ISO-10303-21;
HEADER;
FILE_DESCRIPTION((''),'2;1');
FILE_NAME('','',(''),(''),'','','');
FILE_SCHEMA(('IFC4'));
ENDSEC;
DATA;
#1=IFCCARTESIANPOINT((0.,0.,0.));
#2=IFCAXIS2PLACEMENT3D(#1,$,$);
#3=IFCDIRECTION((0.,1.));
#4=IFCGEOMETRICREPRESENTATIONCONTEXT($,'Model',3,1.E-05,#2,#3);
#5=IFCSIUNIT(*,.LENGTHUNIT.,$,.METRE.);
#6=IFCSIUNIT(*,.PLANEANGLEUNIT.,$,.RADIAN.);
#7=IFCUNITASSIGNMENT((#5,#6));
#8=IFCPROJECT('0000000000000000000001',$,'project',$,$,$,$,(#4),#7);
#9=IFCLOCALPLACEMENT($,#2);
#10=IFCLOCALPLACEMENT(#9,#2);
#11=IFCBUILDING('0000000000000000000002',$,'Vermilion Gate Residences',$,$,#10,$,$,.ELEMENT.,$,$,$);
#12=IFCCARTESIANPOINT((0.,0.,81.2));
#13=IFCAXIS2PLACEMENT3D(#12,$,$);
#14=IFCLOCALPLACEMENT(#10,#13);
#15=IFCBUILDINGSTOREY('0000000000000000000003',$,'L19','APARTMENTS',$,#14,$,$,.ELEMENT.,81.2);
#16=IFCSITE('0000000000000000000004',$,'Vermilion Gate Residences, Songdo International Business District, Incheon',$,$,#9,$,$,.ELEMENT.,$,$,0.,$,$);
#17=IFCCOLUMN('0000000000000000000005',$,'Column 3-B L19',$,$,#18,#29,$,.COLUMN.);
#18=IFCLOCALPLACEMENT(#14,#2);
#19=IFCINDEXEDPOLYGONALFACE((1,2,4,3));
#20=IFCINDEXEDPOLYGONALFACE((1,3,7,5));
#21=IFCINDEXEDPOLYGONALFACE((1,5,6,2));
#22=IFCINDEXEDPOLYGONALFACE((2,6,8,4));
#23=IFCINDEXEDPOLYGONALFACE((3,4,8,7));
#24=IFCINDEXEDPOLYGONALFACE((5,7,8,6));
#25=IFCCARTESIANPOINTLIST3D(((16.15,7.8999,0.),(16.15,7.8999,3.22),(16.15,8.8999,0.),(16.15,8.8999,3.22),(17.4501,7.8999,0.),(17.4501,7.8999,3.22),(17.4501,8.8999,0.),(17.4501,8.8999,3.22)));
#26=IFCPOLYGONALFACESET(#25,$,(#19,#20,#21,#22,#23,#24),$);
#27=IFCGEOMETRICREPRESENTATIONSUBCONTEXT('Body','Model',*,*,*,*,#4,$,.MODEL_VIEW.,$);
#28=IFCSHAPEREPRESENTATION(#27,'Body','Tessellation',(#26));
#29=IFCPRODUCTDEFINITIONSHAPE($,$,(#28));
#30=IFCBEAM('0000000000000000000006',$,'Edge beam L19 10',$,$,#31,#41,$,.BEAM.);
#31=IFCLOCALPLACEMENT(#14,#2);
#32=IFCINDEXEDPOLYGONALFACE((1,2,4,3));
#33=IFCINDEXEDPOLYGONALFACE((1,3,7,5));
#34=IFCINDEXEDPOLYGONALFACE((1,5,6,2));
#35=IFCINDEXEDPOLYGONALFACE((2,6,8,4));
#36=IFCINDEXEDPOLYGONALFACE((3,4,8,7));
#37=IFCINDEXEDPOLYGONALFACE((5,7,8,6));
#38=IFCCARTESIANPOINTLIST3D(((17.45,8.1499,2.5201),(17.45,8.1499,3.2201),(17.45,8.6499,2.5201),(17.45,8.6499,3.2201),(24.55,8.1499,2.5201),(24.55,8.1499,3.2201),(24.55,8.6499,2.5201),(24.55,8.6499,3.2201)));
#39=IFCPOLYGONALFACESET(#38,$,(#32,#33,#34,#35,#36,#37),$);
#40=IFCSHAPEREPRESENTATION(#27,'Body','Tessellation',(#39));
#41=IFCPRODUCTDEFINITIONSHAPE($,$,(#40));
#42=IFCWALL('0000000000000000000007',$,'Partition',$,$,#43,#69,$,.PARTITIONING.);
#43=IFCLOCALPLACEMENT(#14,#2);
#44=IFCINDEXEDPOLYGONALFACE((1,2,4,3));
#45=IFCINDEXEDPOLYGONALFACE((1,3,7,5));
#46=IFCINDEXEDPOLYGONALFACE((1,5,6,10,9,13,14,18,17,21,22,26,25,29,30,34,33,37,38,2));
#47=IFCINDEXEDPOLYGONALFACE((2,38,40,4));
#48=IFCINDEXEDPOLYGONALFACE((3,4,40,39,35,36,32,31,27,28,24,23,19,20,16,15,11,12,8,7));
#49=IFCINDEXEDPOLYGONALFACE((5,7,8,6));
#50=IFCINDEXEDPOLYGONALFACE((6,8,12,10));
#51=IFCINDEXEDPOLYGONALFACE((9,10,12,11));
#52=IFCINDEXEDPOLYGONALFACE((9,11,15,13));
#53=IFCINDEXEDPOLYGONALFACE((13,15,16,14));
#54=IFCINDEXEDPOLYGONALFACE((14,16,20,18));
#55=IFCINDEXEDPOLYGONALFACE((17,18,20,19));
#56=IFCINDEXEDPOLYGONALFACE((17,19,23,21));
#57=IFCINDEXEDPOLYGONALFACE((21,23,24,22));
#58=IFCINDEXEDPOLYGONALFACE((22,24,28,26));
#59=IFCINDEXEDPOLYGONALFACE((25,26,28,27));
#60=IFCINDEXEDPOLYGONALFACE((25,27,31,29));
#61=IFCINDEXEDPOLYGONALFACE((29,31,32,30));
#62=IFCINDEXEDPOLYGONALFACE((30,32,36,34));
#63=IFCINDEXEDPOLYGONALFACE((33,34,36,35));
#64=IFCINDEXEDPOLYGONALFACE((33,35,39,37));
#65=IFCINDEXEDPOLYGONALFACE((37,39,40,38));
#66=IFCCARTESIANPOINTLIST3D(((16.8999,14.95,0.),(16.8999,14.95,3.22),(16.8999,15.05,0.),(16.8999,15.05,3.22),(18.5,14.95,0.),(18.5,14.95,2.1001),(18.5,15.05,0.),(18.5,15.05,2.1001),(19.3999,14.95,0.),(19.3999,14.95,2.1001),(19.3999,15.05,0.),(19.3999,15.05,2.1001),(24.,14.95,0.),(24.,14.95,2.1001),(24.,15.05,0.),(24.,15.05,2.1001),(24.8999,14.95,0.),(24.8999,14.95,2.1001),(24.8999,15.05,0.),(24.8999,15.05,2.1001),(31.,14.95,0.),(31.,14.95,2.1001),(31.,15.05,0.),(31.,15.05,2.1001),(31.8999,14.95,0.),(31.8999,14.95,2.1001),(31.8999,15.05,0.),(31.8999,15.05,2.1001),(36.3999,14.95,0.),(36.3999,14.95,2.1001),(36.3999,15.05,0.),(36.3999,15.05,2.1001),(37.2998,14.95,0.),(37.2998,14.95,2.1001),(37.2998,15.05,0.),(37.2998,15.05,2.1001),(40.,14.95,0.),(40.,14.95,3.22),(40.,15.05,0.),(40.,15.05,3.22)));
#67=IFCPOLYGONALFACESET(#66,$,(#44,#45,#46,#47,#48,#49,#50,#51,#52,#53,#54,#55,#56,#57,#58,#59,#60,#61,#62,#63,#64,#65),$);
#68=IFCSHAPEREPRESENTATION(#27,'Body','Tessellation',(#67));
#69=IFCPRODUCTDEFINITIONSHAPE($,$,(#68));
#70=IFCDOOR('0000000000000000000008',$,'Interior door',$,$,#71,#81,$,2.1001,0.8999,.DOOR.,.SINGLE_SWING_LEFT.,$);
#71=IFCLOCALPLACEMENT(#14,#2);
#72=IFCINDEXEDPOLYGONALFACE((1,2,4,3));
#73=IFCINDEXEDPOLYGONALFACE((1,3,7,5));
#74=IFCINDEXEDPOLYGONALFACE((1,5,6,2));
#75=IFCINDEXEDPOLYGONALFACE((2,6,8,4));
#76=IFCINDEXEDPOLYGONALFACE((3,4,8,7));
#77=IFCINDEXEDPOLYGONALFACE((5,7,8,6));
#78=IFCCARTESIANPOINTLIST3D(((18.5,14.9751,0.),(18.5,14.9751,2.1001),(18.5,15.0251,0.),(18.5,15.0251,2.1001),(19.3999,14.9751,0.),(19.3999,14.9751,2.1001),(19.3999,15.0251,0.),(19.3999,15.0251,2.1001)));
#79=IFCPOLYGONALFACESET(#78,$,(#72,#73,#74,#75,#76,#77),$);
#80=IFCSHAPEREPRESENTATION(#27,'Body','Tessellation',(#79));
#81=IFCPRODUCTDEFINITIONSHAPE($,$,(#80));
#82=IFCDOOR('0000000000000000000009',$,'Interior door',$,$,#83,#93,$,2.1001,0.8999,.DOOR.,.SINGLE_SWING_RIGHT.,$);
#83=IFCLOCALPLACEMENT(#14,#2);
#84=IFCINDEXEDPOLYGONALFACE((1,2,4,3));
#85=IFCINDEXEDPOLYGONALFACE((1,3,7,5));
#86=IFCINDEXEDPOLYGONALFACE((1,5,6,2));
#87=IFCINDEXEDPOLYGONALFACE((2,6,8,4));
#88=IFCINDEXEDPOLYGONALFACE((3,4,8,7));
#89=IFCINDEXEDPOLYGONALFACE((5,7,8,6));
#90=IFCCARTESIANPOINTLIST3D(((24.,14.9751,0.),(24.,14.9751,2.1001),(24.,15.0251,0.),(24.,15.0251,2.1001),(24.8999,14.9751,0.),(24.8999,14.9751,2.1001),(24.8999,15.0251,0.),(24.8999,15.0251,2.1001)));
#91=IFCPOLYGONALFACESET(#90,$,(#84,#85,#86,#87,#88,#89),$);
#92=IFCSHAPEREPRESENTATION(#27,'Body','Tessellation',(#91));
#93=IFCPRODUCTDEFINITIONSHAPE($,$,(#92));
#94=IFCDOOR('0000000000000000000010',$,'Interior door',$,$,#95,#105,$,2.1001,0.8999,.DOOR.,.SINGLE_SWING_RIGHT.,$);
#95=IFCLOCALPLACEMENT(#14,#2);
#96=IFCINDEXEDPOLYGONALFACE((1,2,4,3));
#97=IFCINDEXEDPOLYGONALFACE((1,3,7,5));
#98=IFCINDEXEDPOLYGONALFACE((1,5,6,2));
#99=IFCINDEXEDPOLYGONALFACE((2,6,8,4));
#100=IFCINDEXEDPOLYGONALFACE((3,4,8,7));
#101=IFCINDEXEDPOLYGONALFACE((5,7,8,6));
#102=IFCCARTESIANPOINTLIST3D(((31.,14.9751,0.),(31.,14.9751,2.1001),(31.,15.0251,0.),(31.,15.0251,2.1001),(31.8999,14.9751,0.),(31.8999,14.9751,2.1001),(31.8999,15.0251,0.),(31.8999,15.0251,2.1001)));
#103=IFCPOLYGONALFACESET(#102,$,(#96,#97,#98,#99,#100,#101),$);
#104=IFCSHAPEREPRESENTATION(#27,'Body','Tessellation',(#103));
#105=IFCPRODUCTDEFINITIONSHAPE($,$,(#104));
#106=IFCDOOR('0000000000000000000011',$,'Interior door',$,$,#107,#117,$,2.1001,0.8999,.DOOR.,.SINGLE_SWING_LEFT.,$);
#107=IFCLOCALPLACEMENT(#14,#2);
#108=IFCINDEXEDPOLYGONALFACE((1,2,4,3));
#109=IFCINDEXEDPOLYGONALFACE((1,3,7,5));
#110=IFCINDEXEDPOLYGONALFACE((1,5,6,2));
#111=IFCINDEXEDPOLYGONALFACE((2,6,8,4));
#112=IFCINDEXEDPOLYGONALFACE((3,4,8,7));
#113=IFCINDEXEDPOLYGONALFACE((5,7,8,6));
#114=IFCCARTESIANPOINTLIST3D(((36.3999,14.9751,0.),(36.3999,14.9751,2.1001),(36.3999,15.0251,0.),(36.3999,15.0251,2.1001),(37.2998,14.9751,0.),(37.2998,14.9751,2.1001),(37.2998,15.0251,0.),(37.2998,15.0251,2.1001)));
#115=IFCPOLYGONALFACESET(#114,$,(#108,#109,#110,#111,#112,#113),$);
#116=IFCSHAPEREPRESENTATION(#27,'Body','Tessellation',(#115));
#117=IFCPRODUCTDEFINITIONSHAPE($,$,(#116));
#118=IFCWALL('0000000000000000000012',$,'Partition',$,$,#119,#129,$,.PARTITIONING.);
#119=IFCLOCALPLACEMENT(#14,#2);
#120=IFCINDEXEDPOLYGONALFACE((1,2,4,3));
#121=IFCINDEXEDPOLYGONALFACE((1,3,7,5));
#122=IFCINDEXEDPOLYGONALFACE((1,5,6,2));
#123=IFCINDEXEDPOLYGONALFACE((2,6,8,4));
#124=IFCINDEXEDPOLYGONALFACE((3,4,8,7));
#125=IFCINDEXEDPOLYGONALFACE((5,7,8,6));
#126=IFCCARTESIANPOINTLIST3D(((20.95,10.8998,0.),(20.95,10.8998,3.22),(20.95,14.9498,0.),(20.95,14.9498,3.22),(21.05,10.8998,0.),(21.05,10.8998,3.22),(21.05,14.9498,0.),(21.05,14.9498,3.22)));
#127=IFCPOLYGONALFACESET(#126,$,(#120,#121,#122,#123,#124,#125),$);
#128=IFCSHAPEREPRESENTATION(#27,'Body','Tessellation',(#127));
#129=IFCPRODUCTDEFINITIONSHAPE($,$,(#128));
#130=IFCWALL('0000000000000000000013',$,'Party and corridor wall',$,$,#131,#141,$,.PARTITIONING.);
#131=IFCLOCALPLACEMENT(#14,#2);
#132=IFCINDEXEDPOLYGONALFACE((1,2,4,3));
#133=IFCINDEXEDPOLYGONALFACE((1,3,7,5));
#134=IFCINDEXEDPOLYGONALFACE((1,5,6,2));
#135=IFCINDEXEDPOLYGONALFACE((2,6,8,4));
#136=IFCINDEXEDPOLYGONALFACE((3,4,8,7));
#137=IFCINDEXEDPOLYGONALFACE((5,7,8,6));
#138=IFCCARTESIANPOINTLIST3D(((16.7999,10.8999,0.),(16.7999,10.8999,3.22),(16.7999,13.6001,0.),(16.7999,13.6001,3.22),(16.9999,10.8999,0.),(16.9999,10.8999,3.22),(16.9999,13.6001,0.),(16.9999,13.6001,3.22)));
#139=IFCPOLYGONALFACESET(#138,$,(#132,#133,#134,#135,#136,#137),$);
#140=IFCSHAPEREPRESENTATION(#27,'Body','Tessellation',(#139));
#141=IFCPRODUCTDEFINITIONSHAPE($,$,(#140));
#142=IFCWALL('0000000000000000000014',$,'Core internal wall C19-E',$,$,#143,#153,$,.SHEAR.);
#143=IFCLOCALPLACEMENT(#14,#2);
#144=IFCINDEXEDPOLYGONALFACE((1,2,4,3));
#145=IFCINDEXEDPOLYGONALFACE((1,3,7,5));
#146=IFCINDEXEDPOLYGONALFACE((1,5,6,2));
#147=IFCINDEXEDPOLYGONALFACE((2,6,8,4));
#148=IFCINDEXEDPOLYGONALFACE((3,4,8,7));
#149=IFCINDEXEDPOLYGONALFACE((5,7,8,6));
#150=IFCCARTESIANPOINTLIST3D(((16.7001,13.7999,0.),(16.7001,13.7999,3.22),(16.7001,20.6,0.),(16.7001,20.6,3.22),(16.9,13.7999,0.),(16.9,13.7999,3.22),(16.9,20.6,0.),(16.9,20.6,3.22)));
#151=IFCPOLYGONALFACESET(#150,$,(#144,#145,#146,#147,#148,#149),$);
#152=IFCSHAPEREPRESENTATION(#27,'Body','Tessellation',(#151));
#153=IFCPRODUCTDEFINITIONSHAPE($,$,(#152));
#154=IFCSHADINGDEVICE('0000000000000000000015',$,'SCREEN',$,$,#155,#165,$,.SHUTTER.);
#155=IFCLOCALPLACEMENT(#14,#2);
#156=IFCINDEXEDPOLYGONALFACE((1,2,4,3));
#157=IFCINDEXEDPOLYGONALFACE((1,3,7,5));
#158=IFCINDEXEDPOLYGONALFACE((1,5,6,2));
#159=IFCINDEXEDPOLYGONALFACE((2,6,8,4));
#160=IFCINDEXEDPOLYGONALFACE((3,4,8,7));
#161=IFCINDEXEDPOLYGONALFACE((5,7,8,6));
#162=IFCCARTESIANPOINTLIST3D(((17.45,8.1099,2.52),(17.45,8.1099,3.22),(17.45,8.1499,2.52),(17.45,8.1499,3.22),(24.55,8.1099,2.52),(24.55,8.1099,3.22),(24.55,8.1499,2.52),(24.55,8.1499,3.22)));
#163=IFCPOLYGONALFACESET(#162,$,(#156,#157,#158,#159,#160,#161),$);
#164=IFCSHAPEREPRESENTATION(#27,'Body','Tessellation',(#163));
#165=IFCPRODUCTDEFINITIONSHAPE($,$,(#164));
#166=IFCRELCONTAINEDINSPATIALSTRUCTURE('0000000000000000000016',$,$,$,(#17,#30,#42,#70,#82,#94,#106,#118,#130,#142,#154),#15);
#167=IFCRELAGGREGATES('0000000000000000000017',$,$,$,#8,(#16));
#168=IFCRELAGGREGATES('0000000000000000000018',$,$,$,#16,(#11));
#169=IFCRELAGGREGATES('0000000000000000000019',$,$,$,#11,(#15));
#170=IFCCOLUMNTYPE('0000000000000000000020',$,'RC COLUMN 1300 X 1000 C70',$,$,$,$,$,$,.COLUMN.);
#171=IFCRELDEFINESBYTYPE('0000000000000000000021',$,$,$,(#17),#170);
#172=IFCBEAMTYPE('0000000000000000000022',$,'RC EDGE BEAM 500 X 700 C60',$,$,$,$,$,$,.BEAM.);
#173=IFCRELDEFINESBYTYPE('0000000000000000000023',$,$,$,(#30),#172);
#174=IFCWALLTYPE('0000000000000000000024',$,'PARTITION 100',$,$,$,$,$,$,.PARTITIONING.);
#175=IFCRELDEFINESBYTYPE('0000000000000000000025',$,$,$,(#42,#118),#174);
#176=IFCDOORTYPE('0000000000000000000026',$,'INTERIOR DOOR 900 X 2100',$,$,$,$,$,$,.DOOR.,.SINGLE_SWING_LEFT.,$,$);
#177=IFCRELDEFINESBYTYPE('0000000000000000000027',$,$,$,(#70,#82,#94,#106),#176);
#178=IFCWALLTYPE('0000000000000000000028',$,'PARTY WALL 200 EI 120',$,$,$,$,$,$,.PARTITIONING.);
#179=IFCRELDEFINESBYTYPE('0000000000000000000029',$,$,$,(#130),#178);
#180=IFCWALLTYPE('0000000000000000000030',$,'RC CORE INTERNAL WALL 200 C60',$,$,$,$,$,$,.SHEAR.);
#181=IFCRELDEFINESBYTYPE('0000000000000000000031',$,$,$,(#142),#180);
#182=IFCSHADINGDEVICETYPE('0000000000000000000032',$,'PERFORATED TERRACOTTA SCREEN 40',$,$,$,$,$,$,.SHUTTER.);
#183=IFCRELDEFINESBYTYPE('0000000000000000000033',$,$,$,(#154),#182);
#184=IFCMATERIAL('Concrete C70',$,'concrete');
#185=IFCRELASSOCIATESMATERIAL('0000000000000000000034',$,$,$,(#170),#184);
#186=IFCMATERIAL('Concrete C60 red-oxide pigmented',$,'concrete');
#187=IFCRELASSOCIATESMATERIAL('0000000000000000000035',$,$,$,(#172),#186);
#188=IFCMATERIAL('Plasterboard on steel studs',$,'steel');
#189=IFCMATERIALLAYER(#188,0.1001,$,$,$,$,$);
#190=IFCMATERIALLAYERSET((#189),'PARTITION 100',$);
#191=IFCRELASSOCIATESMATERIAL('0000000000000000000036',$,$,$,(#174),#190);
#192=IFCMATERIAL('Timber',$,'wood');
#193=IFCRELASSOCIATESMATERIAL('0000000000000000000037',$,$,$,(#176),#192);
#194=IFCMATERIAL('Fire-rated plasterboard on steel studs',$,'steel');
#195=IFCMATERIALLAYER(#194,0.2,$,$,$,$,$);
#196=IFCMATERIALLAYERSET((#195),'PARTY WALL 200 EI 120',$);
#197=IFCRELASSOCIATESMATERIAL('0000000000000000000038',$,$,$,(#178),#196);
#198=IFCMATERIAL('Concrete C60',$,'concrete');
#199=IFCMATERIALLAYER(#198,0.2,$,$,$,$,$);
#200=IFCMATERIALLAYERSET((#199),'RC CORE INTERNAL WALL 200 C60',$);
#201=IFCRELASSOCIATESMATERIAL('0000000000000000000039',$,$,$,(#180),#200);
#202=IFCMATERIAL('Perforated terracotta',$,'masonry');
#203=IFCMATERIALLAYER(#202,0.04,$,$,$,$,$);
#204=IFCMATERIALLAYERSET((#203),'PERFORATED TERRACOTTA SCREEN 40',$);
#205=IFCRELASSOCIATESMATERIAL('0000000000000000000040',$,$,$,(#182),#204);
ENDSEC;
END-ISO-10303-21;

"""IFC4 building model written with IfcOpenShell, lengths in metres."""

from ifc_helpers import new_model, si_unit, direction, frame, frame_2d, origin, origin_2d, place, context, subcontext, project, spatial, rectangle, extrude, material, layer, layer_set, material_profile, profile_set, type_object, element, fill, save


model = new_model("IFC4")

# Units and contexts
model_context = context("Model", 3, precision=1e-05, world=origin(), true_north=direction((0.0, 1.0)))
body_context = subcontext(model_context, "Body", "Model", "MODEL_VIEW")
ifc_project = project(units=[si_unit("LENGTHUNIT", "METRE"), si_unit("PLANEANGLEUNIT", "RADIAN")], contexts=[model_context])

# Site, building, storey
site_placement = place(None, origin())
site = spatial("IfcSite", under=ifc_project, at=site_placement, Name="Vermilion Gate Residences, Songdo International Business District, Incheon", CompositionType="ELEMENT", RefElevation=0.0)
building_placement = place(site_placement, origin())
building = spatial("IfcBuilding", under=site, at=building_placement, Name="Vermilion Gate Residences", CompositionType="ELEMENT")
storey_placement = place(building_placement, frame((0.0, 0.0, 81.2)))
storey = spatial("IfcBuildingStorey", under=building, at=storey_placement, Name="L19", Description="APARTMENTS", CompositionType="ELEMENT", Elevation=81.2)

# Column
ifc_material_1 = material(Name="Concrete C70", Category="concrete")
ifc_material_profile_1 = material_profile(ifc_material_1, rectangle(XDim=1.3, YDim=1.0, at=origin_2d()), Name="RC-1300x1000")
ifc_profile_set_1 = profile_set([ifc_material_profile_1], Name="Concrete C70")
column_type = type_object("IfcColumnType", Name="RC COLUMN 1300 X 1000 C70", PredefinedType="COLUMN", material=ifc_profile_set_1)
column_placement = place(storey_placement, frame((16.8, 8.3999, 0.0), z_axis=(0.0, 0.0, 1.0), x_axis=(1.0, 0.0, 0.0)))
element("IfcColumn", 1, at=column_placement, inside=storey, type_object=column_type, Name="Column 3-B L19", PredefinedType="COLUMN", context=body_context, shape_type="SweptSolid", body=[
    extrude(rectangle(XDim=1.3, YDim=1.0, at=origin_2d()), origin(), (0.0, 0.0, 1.0), 3.22),
])

# Beam
ifc_material_2 = material(Name="Concrete C60 red-oxide pigmented", Category="concrete")
ifc_material_profile_2 = material_profile(ifc_material_2, rectangle(XDim=0.5, YDim=0.7, at=origin_2d()), Name="RC-500x700")
ifc_profile_set_2 = profile_set([ifc_material_profile_2], Name="Concrete C60 red-oxide pigmented")
beam_type = type_object("IfcBeamType", Name="RC EDGE BEAM 500 X 700 C60", PredefinedType="BEAM", material=ifc_profile_set_2)
beam_placement = place(storey_placement, frame((17.45, 8.3999, 2.8701), z_axis=(1.0, 0.0, 0.0), x_axis=(0.0, 1.0, 0.0)))
element("IfcBeam", 2, at=beam_placement, inside=storey, type_object=beam_type, Name="Edge beam L19 10", PredefinedType="BEAM", context=body_context, shape_type="SweptSolid", body=[
    extrude(rectangle(XDim=0.5, YDim=0.7, at=origin_2d()), origin(), (0.0, 0.0, 1.0), 7.1001),
])

# Wall, openings, doors
ifc_material_3 = material(Name="Plasterboard on steel studs", Category="steel")
ifc_layer_1 = layer(ifc_material_3, 0.1001)
ifc_layer_set_1 = layer_set([ifc_layer_1], Name="PARTITION 100")
wall_type_1 = type_object("IfcWallType", Name="PARTITION 100", PredefinedType="PARTITIONING", material=ifc_layer_set_1)
wall_1_placement = place(storey_placement, frame((16.8999, 15.0, 0.0), z_axis=(0.0, 0.0, 1.0), x_axis=(1.0, 0.0, 0.0)))
wall_1 = element("IfcWall", 3, at=wall_1_placement, inside=storey, type_object=wall_type_1, Name="Partition", PredefinedType="PARTITIONING", context=body_context, shape_type="SweptSolid", body=[
    extrude(rectangle(XDim=23.1001, YDim=0.1001, at=frame_2d((11.55, 0.0))), origin(), (0.0, 0.0, 1.0), 3.22),
])
opening_1_placement = place(wall_1_placement, frame((1.6001, 0.0, 0.0)))
opening_1 = element("IfcOpeningElement", 4, at=opening_1_placement, cuts=wall_1, PredefinedType="OPENING", context=body_context, shape_type="SweptSolid", body=[
    extrude(rectangle(XDim=0.8999, YDim=2.1001, at=frame_2d((0.45, 1.05))), frame((0.0, 0.0601, 0.0), z_axis=(0.0, -1.0, 0.0), x_axis=(1.0, 0.0, 0.0)), (0.0, 0.0, 1.0), 0.1201),
])
opening_2_placement = place(wall_1_placement, frame((7.1001, 0.0, 0.0)))
opening_2 = element("IfcOpeningElement", 5, at=opening_2_placement, cuts=wall_1, PredefinedType="OPENING", context=body_context, shape_type="SweptSolid", body=[
    extrude(rectangle(XDim=0.8999, YDim=2.1001, at=frame_2d((0.45, 1.05))), frame((0.0, 0.0601, 0.0), z_axis=(0.0, -1.0, 0.0), x_axis=(1.0, 0.0, 0.0)), (0.0, 0.0, 1.0), 0.1201),
])
opening_3_placement = place(wall_1_placement, frame((14.1001, 0.0, 0.0)))
opening_3 = element("IfcOpeningElement", 6, at=opening_3_placement, cuts=wall_1, PredefinedType="OPENING", context=body_context, shape_type="SweptSolid", body=[
    extrude(rectangle(XDim=0.8999, YDim=2.1001, at=frame_2d((0.45, 1.05))), frame((0.0, 0.0601, 0.0), z_axis=(0.0, -1.0, 0.0), x_axis=(1.0, 0.0, 0.0)), (0.0, 0.0, 1.0), 0.1201),
])
opening_4_placement = place(wall_1_placement, frame((19.5, 0.0, 0.0)))
opening_4 = element("IfcOpeningElement", 7, at=opening_4_placement, cuts=wall_1, PredefinedType="OPENING", context=body_context, shape_type="SweptSolid", body=[
    extrude(rectangle(XDim=0.8999, YDim=2.1001, at=frame_2d((0.45, 1.05))), frame((0.0, 0.0601, 0.0), z_axis=(0.0, -1.0, 0.0), x_axis=(1.0, 0.0, 0.0)), (0.0, 0.0, 1.0), 0.1201),
])
ifc_material_4 = material(Name="Timber", Category="wood")
door_type = type_object("IfcDoorType", Name="INTERIOR DOOR 900 X 2100", OperationType="SINGLE_SWING_LEFT", PredefinedType="DOOR", material=ifc_material_4)
door_1_placement = place(opening_1_placement, frame((0.8999, 0.0, 0.0), z_axis=(0.0, 0.0, 1.0), x_axis=(-1.0, 0.0, 0.0)))
door_1 = element("IfcDoor", 8, at=door_1_placement, inside=storey, type_object=door_type, Name="Interior door", OperationType="SINGLE_SWING_LEFT", OverallHeight=2.1001, OverallWidth=0.8999, PredefinedType="DOOR", context=body_context, shape_type="SweptSolid", body=[
    extrude(rectangle(XDim=0.8999, YDim=2.1001, at=frame_2d((0.45, 1.05))), frame((0.0, 0.0249, 0.0), z_axis=(0.0, -1.0, 0.0), x_axis=(1.0, 0.0, 0.0)), (0.0, 0.0, 1.0), 0.05),
])
fill(opening_1, door_1)
door_2_placement = place(opening_2_placement, frame((0.8999, 0.0, 0.0), z_axis=(0.0, 0.0, 1.0), x_axis=(-1.0, 0.0, 0.0)))
door_2 = element("IfcDoor", 9, at=door_2_placement, inside=storey, type_object=door_type, Name="Interior door", OperationType="SINGLE_SWING_RIGHT", OverallHeight=2.1001, OverallWidth=0.8999, PredefinedType="DOOR", context=body_context, shape_type="SweptSolid", body=[
    extrude(rectangle(XDim=0.8999, YDim=2.1001, at=frame_2d((0.45, 1.05))), frame((0.0, 0.0249, 0.0), z_axis=(0.0, -1.0, 0.0), x_axis=(1.0, 0.0, 0.0)), (0.0, 0.0, 1.0), 0.05),
])
fill(opening_2, door_2)
door_3_placement = place(opening_3_placement, frame((0.8999, 0.0, 0.0), z_axis=(0.0, 0.0, 1.0), x_axis=(-1.0, 0.0, 0.0)))
door_3 = element("IfcDoor", 10, at=door_3_placement, inside=storey, type_object=door_type, Name="Interior door", OperationType="SINGLE_SWING_RIGHT", OverallHeight=2.1001, OverallWidth=0.8999, PredefinedType="DOOR", context=body_context, shape_type="SweptSolid", body=[
    extrude(rectangle(XDim=0.8999, YDim=2.1001, at=frame_2d((0.45, 1.05))), frame((0.0, 0.0249, 0.0), z_axis=(0.0, -1.0, 0.0), x_axis=(1.0, 0.0, 0.0)), (0.0, 0.0, 1.0), 0.05),
])
fill(opening_3, door_3)
door_4_placement = place(opening_4_placement, frame((0.8999, 0.0, 0.0), z_axis=(0.0, 0.0, 1.0), x_axis=(-1.0, 0.0, 0.0)))
door_4 = element("IfcDoor", 11, at=door_4_placement, inside=storey, type_object=door_type, Name="Interior door", OperationType="SINGLE_SWING_LEFT", OverallHeight=2.1001, OverallWidth=0.8999, PredefinedType="DOOR", context=body_context, shape_type="SweptSolid", body=[
    extrude(rectangle(XDim=0.8999, YDim=2.1001, at=frame_2d((0.45, 1.05))), frame((0.0, 0.0249, 0.0), z_axis=(0.0, -1.0, 0.0), x_axis=(1.0, 0.0, 0.0)), (0.0, 0.0, 1.0), 0.05),
])
fill(opening_4, door_4)

# Walls
wall_2_placement = place(storey_placement, frame((21.0, 10.8999, 0.0), z_axis=(0.0, 0.0, 1.0), x_axis=(0.0, 1.0, 0.0)))
element("IfcWall", 12, at=wall_2_placement, inside=storey, type_object=wall_type_1, Name="Partition", PredefinedType="PARTITIONING", context=body_context, shape_type="SweptSolid", body=[
    extrude(rectangle(XDim=4.05, YDim=0.1001, at=frame_2d((2.0249, 0.0))), origin(), (0.0, 0.0, 1.0), 3.22),
])
ifc_material_5 = material(Name="Fire-rated plasterboard on steel studs", Category="steel")
ifc_layer_2 = layer(ifc_material_5, 0.2)
ifc_layer_set_2 = layer_set([ifc_layer_2], Name="PARTY WALL 200 EI 120")
wall_type_2 = type_object("IfcWallType", Name="PARTY WALL 200 EI 120", PredefinedType="PARTITIONING", material=ifc_layer_set_2)
wall_3_placement = place(storey_placement, frame((16.8999, 10.8999, 0.0), z_axis=(0.0, 0.0, 1.0), x_axis=(0.0, 1.0, 0.0)))
element("IfcWall", 13, at=wall_3_placement, inside=storey, type_object=wall_type_2, Name="Party and corridor wall", PredefinedType="PARTITIONING", context=body_context, shape_type="SweptSolid", body=[
    extrude(rectangle(XDim=2.7002, YDim=0.2, at=frame_2d((1.3501, 0.0))), origin(), (0.0, 0.0, 1.0), 3.22),
])
ifc_material_6 = material(Name="Concrete C60", Category="concrete")
ifc_layer_3 = layer(ifc_material_6, 0.2)
ifc_layer_set_3 = layer_set([ifc_layer_3], Name="RC CORE INTERNAL WALL 200 C60")
wall_type_3 = type_object("IfcWallType", Name="RC CORE INTERNAL WALL 200 C60", PredefinedType="SHEAR", material=ifc_layer_set_3)
wall_4_placement = place(storey_placement, frame((16.8, 13.8, 0.0), z_axis=(0.0, 0.0, 1.0), x_axis=(0.0, 1.0, 0.0)))
element("IfcWall", 14, at=wall_4_placement, inside=storey, type_object=wall_type_3, Name="Core internal wall C19-E", PredefinedType="SHEAR", context=body_context, shape_type="SweptSolid", body=[
    extrude(rectangle(XDim=6.8, YDim=0.2, at=frame_2d((3.3999, 0.0))), origin(), (0.0, 0.0, 1.0), 3.22),
])

# Shading device
ifc_material_7 = material(Name="Perforated terracotta", Category="masonry")
ifc_layer_4 = layer(ifc_material_7, 0.04)
ifc_layer_set_4 = layer_set([ifc_layer_4], Name="PERFORATED TERRACOTTA SCREEN 40")
shading_device_type_1 = type_object("IfcShadingDeviceType", Name="PERFORATED TERRACOTTA SCREEN 40", PredefinedType="SHUTTER", material=ifc_layer_set_4)
shading_device_1_placement = place(storey_placement, frame((21.0, 8.1299, 2.52), z_axis=(0.0, 0.0, 1.0), x_axis=(1.0, 0.0, 0.0)))
element("IfcShadingDevice", 15, at=shading_device_1_placement, inside=storey, type_object=shading_device_type_1, Name="SCREEN", PredefinedType="SHUTTER", context=body_context, shape_type="SweptSolid", body=[
    extrude(rectangle(XDim=7.1001, YDim=0.04, at=origin_2d()), origin(), (0.0, 0.0, 1.0), 0.7),
])

save(model, "model.ifc")
